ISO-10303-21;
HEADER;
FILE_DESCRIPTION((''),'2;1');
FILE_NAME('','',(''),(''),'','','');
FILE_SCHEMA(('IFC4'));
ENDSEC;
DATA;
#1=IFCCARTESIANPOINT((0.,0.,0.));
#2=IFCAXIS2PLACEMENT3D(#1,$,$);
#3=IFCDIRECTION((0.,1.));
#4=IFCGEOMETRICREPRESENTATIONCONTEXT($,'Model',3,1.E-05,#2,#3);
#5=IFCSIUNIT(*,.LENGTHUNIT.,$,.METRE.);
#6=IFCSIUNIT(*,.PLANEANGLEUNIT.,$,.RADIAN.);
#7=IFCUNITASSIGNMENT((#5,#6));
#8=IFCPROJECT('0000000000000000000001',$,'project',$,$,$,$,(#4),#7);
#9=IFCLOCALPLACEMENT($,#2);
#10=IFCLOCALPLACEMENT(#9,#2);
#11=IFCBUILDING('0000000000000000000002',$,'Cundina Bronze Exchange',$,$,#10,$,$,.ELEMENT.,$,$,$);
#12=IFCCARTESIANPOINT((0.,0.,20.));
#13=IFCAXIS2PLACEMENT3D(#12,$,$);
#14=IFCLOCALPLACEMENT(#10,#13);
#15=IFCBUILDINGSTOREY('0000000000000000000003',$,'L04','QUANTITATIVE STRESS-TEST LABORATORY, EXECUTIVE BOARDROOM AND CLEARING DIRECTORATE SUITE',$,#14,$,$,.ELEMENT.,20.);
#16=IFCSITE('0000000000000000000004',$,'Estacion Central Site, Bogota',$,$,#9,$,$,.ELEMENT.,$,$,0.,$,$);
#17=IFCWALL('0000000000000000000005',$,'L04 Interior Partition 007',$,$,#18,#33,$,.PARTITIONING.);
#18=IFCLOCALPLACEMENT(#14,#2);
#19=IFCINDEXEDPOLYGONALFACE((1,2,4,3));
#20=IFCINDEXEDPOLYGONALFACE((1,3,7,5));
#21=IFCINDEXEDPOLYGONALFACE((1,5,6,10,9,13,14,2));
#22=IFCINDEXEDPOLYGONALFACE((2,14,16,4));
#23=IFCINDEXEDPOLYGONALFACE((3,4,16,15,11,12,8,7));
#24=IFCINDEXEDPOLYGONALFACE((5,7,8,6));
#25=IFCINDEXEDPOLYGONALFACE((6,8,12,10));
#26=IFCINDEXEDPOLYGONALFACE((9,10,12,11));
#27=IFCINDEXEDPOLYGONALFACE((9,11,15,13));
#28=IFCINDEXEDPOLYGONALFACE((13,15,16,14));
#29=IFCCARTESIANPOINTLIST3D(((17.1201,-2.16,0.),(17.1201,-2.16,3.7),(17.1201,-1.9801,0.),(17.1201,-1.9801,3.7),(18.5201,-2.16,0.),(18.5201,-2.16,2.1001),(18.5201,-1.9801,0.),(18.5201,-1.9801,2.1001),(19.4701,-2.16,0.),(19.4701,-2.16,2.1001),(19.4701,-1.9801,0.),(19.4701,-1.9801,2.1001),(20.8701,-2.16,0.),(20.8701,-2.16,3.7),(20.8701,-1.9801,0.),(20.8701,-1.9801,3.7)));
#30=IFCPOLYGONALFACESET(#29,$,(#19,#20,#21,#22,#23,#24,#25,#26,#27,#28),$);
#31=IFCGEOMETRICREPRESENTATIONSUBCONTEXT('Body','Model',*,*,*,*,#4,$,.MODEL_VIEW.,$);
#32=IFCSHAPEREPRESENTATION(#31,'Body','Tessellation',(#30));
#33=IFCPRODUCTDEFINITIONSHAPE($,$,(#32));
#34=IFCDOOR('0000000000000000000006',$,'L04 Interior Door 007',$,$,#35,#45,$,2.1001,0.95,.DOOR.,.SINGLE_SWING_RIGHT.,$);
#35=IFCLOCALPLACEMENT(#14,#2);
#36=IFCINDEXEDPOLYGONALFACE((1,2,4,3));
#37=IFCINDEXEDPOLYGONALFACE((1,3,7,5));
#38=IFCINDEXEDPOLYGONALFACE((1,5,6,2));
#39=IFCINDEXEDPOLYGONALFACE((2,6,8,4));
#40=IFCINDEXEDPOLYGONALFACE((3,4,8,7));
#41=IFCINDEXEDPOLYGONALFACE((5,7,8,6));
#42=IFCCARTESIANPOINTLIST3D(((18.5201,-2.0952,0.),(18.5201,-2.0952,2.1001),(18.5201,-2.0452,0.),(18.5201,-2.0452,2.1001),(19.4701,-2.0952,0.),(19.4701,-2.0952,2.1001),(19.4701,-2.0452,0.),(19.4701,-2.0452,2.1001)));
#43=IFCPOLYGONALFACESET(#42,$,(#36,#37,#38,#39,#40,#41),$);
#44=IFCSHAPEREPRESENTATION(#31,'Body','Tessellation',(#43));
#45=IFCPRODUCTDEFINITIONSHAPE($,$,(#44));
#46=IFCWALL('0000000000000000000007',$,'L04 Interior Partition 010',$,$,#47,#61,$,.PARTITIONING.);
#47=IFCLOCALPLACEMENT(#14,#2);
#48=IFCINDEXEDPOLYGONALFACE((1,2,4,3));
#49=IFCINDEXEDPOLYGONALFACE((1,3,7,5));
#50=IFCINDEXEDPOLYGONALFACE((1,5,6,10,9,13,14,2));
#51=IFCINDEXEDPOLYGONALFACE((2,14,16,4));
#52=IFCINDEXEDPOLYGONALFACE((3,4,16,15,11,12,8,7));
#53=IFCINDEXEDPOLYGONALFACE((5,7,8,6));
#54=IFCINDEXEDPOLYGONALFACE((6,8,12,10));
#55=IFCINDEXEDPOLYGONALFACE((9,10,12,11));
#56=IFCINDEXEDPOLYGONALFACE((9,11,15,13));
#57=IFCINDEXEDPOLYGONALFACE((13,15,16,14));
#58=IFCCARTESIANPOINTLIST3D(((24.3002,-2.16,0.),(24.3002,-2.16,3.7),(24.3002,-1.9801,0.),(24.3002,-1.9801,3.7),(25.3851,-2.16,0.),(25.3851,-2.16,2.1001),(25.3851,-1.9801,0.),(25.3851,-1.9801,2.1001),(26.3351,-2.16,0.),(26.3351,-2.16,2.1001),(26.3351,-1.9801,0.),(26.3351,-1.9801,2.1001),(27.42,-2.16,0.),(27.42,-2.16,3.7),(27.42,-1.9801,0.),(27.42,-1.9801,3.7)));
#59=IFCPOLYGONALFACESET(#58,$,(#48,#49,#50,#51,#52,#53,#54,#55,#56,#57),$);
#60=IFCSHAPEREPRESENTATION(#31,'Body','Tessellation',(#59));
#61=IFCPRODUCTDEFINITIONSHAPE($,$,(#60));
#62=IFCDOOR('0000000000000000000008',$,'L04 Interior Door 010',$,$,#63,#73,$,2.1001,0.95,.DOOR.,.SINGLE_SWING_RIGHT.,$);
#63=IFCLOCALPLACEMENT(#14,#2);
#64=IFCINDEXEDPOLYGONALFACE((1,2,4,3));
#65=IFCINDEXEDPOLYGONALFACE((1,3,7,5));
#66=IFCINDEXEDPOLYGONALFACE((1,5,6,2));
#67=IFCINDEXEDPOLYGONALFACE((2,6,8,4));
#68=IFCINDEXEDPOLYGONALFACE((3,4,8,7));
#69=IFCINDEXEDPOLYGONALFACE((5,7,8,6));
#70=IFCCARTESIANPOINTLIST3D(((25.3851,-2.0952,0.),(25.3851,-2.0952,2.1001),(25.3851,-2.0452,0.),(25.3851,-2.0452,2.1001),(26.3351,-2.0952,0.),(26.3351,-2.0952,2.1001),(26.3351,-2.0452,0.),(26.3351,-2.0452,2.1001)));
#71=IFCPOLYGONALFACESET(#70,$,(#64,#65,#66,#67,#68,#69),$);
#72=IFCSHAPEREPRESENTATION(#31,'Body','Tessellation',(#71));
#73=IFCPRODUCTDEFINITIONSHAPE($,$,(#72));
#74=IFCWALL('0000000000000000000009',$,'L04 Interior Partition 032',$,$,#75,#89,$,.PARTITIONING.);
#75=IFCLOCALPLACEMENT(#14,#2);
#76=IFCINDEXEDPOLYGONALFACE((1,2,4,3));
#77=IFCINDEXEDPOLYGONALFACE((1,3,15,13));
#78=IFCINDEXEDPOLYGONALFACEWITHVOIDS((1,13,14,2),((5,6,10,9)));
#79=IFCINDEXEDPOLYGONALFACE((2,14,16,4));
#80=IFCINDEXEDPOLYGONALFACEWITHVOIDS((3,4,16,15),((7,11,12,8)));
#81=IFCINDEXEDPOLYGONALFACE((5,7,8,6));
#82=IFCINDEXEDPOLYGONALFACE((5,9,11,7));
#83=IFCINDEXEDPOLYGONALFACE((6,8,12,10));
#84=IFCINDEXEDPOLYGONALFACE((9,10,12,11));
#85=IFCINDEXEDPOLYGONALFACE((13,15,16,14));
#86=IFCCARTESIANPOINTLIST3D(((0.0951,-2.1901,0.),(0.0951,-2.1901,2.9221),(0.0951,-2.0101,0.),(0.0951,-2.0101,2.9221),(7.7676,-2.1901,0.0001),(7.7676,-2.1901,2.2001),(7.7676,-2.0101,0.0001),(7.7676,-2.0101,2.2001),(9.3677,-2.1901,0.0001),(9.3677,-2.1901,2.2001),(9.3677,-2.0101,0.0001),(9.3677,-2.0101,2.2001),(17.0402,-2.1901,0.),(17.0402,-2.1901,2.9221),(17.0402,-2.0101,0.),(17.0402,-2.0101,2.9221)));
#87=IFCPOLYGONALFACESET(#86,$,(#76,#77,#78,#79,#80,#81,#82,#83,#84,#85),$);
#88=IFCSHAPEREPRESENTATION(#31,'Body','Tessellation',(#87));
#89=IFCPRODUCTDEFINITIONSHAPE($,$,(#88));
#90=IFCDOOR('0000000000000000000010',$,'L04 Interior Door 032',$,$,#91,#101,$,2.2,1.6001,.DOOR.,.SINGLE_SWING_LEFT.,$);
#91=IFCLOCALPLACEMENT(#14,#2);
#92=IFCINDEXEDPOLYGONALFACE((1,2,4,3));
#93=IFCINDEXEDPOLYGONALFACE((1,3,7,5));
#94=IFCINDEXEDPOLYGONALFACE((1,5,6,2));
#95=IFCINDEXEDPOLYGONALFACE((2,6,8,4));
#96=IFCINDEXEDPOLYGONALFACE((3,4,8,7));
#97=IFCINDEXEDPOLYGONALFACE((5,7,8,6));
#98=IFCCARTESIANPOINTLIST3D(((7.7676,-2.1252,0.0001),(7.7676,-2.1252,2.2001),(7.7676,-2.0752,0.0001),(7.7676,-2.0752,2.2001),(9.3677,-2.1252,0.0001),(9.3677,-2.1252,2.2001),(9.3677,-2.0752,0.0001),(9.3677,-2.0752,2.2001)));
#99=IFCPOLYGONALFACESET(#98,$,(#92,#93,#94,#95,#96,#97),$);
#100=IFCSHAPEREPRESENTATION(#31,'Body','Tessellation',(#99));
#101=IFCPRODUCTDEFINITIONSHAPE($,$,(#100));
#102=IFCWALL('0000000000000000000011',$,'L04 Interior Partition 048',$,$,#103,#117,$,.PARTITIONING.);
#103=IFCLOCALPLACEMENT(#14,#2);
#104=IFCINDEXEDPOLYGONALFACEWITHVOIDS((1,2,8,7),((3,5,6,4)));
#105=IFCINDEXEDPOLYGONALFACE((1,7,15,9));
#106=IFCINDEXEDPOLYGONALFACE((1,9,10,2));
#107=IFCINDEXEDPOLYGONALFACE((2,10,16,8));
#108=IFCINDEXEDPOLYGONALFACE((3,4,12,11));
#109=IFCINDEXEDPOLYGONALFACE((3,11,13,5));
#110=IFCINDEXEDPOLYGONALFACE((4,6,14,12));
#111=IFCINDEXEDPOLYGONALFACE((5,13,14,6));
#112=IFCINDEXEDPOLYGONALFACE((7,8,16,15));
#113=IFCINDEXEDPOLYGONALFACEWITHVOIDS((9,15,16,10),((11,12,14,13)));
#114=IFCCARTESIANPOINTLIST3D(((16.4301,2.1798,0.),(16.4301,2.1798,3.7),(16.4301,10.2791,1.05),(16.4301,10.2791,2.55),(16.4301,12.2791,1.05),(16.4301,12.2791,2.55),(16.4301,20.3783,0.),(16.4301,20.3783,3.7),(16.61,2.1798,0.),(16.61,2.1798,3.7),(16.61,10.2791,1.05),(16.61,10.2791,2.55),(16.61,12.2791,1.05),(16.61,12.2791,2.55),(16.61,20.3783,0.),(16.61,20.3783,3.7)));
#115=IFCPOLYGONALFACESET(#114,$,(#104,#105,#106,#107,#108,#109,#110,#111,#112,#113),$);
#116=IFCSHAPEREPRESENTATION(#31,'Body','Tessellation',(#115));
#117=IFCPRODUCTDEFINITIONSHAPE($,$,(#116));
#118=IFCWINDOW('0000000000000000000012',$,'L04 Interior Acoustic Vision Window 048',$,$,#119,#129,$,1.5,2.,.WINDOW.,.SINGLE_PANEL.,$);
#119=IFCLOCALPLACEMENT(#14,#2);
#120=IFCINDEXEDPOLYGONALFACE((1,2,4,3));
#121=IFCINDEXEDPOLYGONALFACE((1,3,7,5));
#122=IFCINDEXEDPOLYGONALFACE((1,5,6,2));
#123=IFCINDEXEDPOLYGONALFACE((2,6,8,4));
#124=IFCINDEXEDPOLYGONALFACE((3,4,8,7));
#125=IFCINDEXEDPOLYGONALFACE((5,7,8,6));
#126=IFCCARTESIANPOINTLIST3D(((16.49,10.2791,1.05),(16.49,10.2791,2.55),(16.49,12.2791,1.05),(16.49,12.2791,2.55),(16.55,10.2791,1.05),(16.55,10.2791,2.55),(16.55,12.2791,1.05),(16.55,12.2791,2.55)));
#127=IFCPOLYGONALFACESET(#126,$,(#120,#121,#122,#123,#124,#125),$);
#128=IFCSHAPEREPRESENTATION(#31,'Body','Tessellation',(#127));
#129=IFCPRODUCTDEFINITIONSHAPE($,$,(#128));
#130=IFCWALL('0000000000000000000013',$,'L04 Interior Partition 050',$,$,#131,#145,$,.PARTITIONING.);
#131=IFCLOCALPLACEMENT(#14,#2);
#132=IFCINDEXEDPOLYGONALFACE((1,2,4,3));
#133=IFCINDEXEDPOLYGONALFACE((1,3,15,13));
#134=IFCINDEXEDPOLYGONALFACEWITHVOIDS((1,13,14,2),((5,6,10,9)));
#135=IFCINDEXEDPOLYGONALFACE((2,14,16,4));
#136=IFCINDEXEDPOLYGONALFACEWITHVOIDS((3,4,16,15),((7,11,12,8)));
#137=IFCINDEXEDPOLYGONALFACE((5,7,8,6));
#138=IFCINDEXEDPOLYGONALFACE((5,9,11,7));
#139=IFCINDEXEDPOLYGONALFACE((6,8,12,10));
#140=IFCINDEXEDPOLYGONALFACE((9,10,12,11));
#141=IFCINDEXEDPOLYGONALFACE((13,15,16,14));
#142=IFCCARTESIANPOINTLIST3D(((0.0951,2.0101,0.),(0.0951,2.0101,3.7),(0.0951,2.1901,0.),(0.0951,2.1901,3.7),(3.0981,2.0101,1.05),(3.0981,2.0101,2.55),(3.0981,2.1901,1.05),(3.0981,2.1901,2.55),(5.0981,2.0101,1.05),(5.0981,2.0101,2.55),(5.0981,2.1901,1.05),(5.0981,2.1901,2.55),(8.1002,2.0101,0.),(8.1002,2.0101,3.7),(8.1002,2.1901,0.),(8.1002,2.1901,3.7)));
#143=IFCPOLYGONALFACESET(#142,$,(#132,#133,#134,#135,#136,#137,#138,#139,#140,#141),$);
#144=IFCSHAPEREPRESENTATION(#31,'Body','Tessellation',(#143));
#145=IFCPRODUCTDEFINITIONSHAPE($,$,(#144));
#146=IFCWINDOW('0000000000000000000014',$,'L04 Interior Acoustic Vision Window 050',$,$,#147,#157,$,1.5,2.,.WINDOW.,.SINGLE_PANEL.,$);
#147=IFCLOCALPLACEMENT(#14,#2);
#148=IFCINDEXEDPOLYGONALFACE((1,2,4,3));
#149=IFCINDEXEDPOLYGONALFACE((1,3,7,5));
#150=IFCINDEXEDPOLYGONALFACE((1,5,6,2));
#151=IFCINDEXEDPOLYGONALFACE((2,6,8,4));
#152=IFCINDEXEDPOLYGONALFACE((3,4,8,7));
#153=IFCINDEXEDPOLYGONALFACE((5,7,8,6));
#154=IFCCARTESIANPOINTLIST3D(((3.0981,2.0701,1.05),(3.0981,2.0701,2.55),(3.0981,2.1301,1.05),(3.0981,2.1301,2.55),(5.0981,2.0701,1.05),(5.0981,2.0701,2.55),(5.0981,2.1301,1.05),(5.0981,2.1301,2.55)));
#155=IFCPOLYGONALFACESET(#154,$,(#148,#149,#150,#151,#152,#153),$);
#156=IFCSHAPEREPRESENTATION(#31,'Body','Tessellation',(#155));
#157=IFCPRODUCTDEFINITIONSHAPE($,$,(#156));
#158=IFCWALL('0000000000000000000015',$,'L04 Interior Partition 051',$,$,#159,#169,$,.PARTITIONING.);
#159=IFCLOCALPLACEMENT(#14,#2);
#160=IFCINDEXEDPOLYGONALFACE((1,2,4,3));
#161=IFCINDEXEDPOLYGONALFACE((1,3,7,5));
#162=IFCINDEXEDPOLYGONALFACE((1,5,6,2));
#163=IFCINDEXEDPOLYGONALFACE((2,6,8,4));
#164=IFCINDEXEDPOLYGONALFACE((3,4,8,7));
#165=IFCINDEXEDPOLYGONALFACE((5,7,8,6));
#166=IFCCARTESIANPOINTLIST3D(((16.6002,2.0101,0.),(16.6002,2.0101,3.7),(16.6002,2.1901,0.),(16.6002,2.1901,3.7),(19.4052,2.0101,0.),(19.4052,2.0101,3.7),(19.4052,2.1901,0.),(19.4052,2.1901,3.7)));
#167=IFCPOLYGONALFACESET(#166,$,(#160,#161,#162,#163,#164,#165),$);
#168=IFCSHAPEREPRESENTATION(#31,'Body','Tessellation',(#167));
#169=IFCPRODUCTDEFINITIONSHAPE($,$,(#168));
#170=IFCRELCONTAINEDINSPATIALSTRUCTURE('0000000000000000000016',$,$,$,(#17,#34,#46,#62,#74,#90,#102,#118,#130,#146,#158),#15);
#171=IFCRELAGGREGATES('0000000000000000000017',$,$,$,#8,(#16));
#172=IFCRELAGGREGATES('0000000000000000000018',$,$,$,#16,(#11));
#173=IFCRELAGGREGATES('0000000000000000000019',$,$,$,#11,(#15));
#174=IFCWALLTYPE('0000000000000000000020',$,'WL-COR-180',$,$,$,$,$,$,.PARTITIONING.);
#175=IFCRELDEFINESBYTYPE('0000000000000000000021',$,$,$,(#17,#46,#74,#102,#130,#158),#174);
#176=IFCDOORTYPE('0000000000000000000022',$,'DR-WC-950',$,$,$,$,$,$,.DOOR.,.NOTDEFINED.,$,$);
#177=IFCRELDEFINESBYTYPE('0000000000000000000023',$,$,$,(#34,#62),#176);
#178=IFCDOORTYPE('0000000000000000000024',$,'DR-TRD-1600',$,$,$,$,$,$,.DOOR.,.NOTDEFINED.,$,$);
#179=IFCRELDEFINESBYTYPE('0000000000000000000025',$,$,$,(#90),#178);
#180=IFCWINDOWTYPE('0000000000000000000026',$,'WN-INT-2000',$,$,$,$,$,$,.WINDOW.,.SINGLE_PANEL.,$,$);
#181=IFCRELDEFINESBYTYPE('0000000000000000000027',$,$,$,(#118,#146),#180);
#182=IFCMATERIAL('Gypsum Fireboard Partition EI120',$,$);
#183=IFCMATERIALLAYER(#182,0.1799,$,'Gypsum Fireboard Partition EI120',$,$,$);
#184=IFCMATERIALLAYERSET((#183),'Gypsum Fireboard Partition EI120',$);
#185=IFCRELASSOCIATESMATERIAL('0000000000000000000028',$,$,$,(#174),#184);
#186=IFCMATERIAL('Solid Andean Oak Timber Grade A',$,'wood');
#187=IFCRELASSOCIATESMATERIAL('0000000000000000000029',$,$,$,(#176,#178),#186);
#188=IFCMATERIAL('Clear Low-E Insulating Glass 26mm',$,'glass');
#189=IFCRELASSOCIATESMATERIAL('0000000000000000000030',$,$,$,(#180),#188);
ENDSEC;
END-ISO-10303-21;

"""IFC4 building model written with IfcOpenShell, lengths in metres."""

from ifc_helpers import new_model, si_unit, direction, frame, frame_2d, origin, place, context, subcontext, project, spatial, rectangle, extrude, material, layer, layer_set, type_object, element, fill, save


model = new_model("IFC4")

# Units and contexts
model_context = context("Model", 3, precision=1e-05, world=origin(), true_north=direction((0.0, 1.0)))
body_context = subcontext(model_context, "Body", "Model", "MODEL_VIEW")
ifc_project = project(units=[si_unit("LENGTHUNIT", "METRE"), si_unit("PLANEANGLEUNIT", "RADIAN")], contexts=[model_context])

# Site, building, storey
site_placement = place(None, origin())
site = spatial("IfcSite", under=ifc_project, at=site_placement, Name="Estacion Central Site, Bogota", CompositionType="ELEMENT", RefElevation=0.0)
building_placement = place(site_placement, origin())
building = spatial("IfcBuilding", under=site, at=building_placement, Name="Cundina Bronze Exchange", CompositionType="ELEMENT")
storey_placement = place(building_placement, frame((0.0, 0.0, 20.0)))
storey = spatial("IfcBuildingStorey", under=building, at=storey_placement, Name="L04", Description="QUANTITATIVE STRESS-TEST LABORATORY, EXECUTIVE BOARDROOM AND CLEARING DIRECTORATE SUITE", CompositionType="ELEMENT", Elevation=20.0)

# Shared definitions
ifc_material_1 = material(Name="Gypsum Fireboard Partition EI120")
ifc_layer_1 = layer(ifc_material_1, 0.1799, Name="Gypsum Fireboard Partition EI120")
ifc_layer_set_1 = layer_set([ifc_layer_1], Name="Gypsum Fireboard Partition EI120")
wall_type_1 = type_object("IfcWallType", Name="WL-COR-180", PredefinedType="PARTITIONING", material=ifc_layer_set_1)

# Walls, openings, doors
wall_1_placement = place(storey_placement, frame((17.1201, -2.0701, 0.0), z_axis=(0.0, 0.0, 1.0), x_axis=(1.0, 0.0, 0.0)))
wall_1 = element("IfcWall", 1, at=wall_1_placement, inside=storey, type_object=wall_type_1, Name="L04 Interior Partition 007", PredefinedType="PARTITIONING", context=body_context, shape_type="SweptSolid", body=[
    extrude(rectangle(XDim=3.75, YDim=0.1799, at=frame_2d((1.875, 0.0))), origin(), (0.0, 0.0, 1.0), 3.7),
])
opening_1_placement = place(wall_1_placement, frame((1.3999, 0.0, 0.0)))
opening_1 = element("IfcOpeningElement", 2, at=opening_1_placement, cuts=wall_1, PredefinedType="OPENING", context=body_context, shape_type="SweptSolid", body=[
    extrude(rectangle(XDim=0.95, YDim=2.1001, at=frame_2d((0.4751, 1.05))), frame((0.0, 0.0999, 0.0), z_axis=(0.0, -1.0, 0.0), x_axis=(1.0, 0.0, 0.0)), (0.0, 0.0, 1.0), 0.2),
])
ifc_material_2 = material(Name="Solid Andean Oak Timber Grade A", Category="wood")
door_type_1 = type_object("IfcDoorType", Name="DR-WC-950", OperationType="NOTDEFINED", PredefinedType="DOOR", material=ifc_material_2)
door_1_placement = place(opening_1_placement, origin())
door_1 = element("IfcDoor", 3, at=door_1_placement, inside=storey, type_object=door_type_1, Name="L04 Interior Door 007", OperationType="SINGLE_SWING_RIGHT", OverallHeight=2.1001, OverallWidth=0.95, PredefinedType="DOOR", context=body_context, shape_type="SweptSolid", body=[
    extrude(rectangle(XDim=0.95, YDim=2.1001, at=frame_2d((0.4751, 1.05))), frame((0.0, 0.0249, 0.0), z_axis=(0.0, -1.0, 0.0), x_axis=(1.0, 0.0, 0.0)), (0.0, 0.0, 1.0), 0.05),
])
fill(opening_1, door_1)
wall_2_placement = place(storey_placement, frame((24.3, -2.0701, 0.0), z_axis=(0.0, 0.0, 1.0), x_axis=(1.0, 0.0, 0.0)))
wall_2 = element("IfcWall", 4, at=wall_2_placement, inside=storey, type_object=wall_type_1, Name="L04 Interior Partition 010", PredefinedType="PARTITIONING", context=body_context, shape_type="SweptSolid", body=[
    extrude(rectangle(XDim=3.1199, YDim=0.1799, at=frame_2d((1.5601, 0.0))), origin(), (0.0, 0.0, 1.0), 3.7),
])
opening_2_placement = place(wall_2_placement, frame((1.085, 0.0, 0.0)))
opening_2 = element("IfcOpeningElement", 5, at=opening_2_placement, cuts=wall_2, PredefinedType="OPENING", context=body_context, shape_type="SweptSolid", body=[
    extrude(rectangle(XDim=0.95, YDim=2.1001, at=frame_2d((0.4751, 1.05))), frame((0.0, 0.0999, 0.0), z_axis=(0.0, -1.0, 0.0), x_axis=(1.0, 0.0, 0.0)), (0.0, 0.0, 1.0), 0.2),
])
door_2_placement = place(opening_2_placement, origin())
door_2 = element("IfcDoor", 6, at=door_2_placement, inside=storey, type_object=door_type_1, Name="L04 Interior Door 010", OperationType="SINGLE_SWING_RIGHT", OverallHeight=2.1001, OverallWidth=0.95, PredefinedType="DOOR", context=body_context, shape_type="SweptSolid", body=[
    extrude(rectangle(XDim=0.95, YDim=2.1001, at=frame_2d((0.4751, 1.05))), frame((0.0, 0.0249, 0.0), z_axis=(0.0, -1.0, 0.0), x_axis=(1.0, 0.0, 0.0)), (0.0, 0.0, 1.0), 0.05),
])
fill(opening_2, door_2)
wall_3_placement = place(storey_placement, frame((0.095, -2.1001, 0.0), z_axis=(0.0, 0.0, 1.0), x_axis=(1.0, 0.0, 0.0)))
wall_3 = element("IfcWall", 7, at=wall_3_placement, inside=storey, type_object=wall_type_1, Name="L04 Interior Partition 032", PredefinedType="PARTITIONING", context=body_context, shape_type="SweptSolid", body=[
    extrude(rectangle(XDim=16.9451, YDim=0.1799, at=frame_2d((8.4727, 0.0))), origin(), (0.0, 0.0, 1.0), 2.9221),
])
opening_3_placement = place(wall_3_placement, frame((7.6726, 0.0, 0.0)))
opening_3 = element("IfcOpeningElement", 8, at=opening_3_placement, cuts=wall_3, PredefinedType="OPENING", context=body_context, shape_type="SweptSolid", body=[
    extrude(rectangle(XDim=1.6001, YDim=2.2, at=frame_2d((0.8, 1.1001))), frame((0.0, 0.0999, 0.0), z_axis=(0.0, -1.0, 0.0), x_axis=(1.0, 0.0, 0.0)), (0.0, 0.0, 1.0), 0.2),
])
door_type_2 = type_object("IfcDoorType", Name="DR-TRD-1600", OperationType="NOTDEFINED", PredefinedType="DOOR", material=ifc_material_2)
door_3_placement = place(opening_3_placement, origin())
door_3 = element("IfcDoor", 9, at=door_3_placement, inside=storey, type_object=door_type_2, Name="L04 Interior Door 032", OperationType="SINGLE_SWING_LEFT", OverallHeight=2.2, OverallWidth=1.6001, PredefinedType="DOOR", context=body_context, shape_type="SweptSolid", body=[
    extrude(rectangle(XDim=1.6001, YDim=2.2, at=frame_2d((0.8, 1.1001))), frame((0.0, 0.0249, 0.0), z_axis=(0.0, -1.0, 0.0), x_axis=(1.0, 0.0, 0.0)), (0.0, 0.0, 1.0), 0.05),
])
fill(opening_3, door_3)

# Walls, openings, windows
wall_4_placement = place(storey_placement, frame((16.52, 2.1799, 0.0), z_axis=(0.0, 0.0, 1.0), x_axis=(0.0, 1.0, 0.0)))
wall_4 = element("IfcWall", 10, at=wall_4_placement, inside=storey, type_object=wall_type_1, Name="L04 Interior Partition 048", PredefinedType="PARTITIONING", context=body_context, shape_type="SweptSolid", body=[
    extrude(rectangle(XDim=18.1985, YDim=0.1799, at=frame_2d((9.0991, 0.0))), origin(), (0.0, 0.0, 1.0), 3.7),
])
opening_4_placement = place(wall_4_placement, frame((8.0991, 0.0, 1.05)))
opening_4 = element("IfcOpeningElement", 11, at=opening_4_placement, cuts=wall_4, PredefinedType="OPENING", context=body_context, shape_type="SweptSolid", body=[
    extrude(rectangle(XDim=2.0, YDim=1.5, at=frame_2d((1.0, 0.75))), frame((0.0, 0.0999, 0.0), z_axis=(0.0, -1.0, 0.0), x_axis=(1.0, 0.0, 0.0)), (0.0, 0.0, 1.0), 0.2),
])
ifc_material_3 = material(Name="Clear Low-E Insulating Glass 26mm", Category="glass")
window_type_1 = type_object("IfcWindowType", Name="WN-INT-2000", PartitioningType="SINGLE_PANEL", PredefinedType="WINDOW", material=ifc_material_3)
window_1_placement = place(opening_4_placement, origin())
window_1 = element("IfcWindow", 12, at=window_1_placement, inside=storey, type_object=window_type_1, Name="L04 Interior Acoustic Vision Window 048", OverallHeight=1.5, OverallWidth=2.0, PartitioningType="SINGLE_PANEL", PredefinedType="WINDOW", context=body_context, shape_type="SweptSolid", body=[
    extrude(rectangle(XDim=2.0, YDim=1.5, at=frame_2d((1.0, 0.75))), frame((0.0, 0.03, 0.0), z_axis=(0.0, -1.0, 0.0), x_axis=(1.0, 0.0, 0.0)), (0.0, 0.0, 1.0), 0.0601),
])
fill(opening_4, window_1)
wall_5_placement = place(storey_placement, frame((8.1001, 2.1001, 0.0), z_axis=(0.0, 0.0, 1.0), x_axis=(-1.0, 0.0, 0.0)))
wall_5 = element("IfcWall", 13, at=wall_5_placement, inside=storey, type_object=wall_type_1, Name="L04 Interior Partition 050", PredefinedType="PARTITIONING", context=body_context, shape_type="SweptSolid", body=[
    extrude(rectangle(XDim=8.0051, YDim=0.1799, at=frame_2d((4.0024, 0.0))), origin(), (0.0, 0.0, 1.0), 3.7),
])
opening_5_placement = place(wall_5_placement, frame((3.002, 0.0, 1.05)))
opening_5 = element("IfcOpeningElement", 14, at=opening_5_placement, cuts=wall_5, PredefinedType="OPENING", context=body_context, shape_type="SweptSolid", body=[
    extrude(rectangle(XDim=2.0, YDim=1.5, at=frame_2d((1.0, 0.75))), frame((0.0, 0.0999, 0.0), z_axis=(0.0, -1.0, 0.0), x_axis=(1.0, 0.0, 0.0)), (0.0, 0.0, 1.0), 0.2),
])
window_2_placement = place(opening_5_placement, origin())
window_2 = element("IfcWindow", 15, at=window_2_placement, inside=storey, type_object=window_type_1, Name="L04 Interior Acoustic Vision Window 050", OverallHeight=1.5, OverallWidth=2.0, PartitioningType="SINGLE_PANEL", PredefinedType="WINDOW", context=body_context, shape_type="SweptSolid", body=[
    extrude(rectangle(XDim=2.0, YDim=1.5, at=frame_2d((1.0, 0.75))), frame((0.0, 0.03, 0.0), z_axis=(0.0, -1.0, 0.0), x_axis=(1.0, 0.0, 0.0)), (0.0, 0.0, 1.0), 0.0601),
])
fill(opening_5, window_2)

# Wall
wall_6_placement = place(storey_placement, frame((19.405, 2.1001, 0.0), z_axis=(0.0, 0.0, 1.0), x_axis=(-1.0, 0.0, 0.0)))
element("IfcWall", 16, at=wall_6_placement, inside=storey, type_object=wall_type_1, Name="L04 Interior Partition 051", PredefinedType="PARTITIONING", context=body_context, shape_type="SweptSolid", body=[
    extrude(rectangle(XDim=2.8049, YDim=0.1799, at=frame_2d((1.4023, 0.0))), origin(), (0.0, 0.0, 1.0), 3.7),
])

save(model, "model.ifc")
